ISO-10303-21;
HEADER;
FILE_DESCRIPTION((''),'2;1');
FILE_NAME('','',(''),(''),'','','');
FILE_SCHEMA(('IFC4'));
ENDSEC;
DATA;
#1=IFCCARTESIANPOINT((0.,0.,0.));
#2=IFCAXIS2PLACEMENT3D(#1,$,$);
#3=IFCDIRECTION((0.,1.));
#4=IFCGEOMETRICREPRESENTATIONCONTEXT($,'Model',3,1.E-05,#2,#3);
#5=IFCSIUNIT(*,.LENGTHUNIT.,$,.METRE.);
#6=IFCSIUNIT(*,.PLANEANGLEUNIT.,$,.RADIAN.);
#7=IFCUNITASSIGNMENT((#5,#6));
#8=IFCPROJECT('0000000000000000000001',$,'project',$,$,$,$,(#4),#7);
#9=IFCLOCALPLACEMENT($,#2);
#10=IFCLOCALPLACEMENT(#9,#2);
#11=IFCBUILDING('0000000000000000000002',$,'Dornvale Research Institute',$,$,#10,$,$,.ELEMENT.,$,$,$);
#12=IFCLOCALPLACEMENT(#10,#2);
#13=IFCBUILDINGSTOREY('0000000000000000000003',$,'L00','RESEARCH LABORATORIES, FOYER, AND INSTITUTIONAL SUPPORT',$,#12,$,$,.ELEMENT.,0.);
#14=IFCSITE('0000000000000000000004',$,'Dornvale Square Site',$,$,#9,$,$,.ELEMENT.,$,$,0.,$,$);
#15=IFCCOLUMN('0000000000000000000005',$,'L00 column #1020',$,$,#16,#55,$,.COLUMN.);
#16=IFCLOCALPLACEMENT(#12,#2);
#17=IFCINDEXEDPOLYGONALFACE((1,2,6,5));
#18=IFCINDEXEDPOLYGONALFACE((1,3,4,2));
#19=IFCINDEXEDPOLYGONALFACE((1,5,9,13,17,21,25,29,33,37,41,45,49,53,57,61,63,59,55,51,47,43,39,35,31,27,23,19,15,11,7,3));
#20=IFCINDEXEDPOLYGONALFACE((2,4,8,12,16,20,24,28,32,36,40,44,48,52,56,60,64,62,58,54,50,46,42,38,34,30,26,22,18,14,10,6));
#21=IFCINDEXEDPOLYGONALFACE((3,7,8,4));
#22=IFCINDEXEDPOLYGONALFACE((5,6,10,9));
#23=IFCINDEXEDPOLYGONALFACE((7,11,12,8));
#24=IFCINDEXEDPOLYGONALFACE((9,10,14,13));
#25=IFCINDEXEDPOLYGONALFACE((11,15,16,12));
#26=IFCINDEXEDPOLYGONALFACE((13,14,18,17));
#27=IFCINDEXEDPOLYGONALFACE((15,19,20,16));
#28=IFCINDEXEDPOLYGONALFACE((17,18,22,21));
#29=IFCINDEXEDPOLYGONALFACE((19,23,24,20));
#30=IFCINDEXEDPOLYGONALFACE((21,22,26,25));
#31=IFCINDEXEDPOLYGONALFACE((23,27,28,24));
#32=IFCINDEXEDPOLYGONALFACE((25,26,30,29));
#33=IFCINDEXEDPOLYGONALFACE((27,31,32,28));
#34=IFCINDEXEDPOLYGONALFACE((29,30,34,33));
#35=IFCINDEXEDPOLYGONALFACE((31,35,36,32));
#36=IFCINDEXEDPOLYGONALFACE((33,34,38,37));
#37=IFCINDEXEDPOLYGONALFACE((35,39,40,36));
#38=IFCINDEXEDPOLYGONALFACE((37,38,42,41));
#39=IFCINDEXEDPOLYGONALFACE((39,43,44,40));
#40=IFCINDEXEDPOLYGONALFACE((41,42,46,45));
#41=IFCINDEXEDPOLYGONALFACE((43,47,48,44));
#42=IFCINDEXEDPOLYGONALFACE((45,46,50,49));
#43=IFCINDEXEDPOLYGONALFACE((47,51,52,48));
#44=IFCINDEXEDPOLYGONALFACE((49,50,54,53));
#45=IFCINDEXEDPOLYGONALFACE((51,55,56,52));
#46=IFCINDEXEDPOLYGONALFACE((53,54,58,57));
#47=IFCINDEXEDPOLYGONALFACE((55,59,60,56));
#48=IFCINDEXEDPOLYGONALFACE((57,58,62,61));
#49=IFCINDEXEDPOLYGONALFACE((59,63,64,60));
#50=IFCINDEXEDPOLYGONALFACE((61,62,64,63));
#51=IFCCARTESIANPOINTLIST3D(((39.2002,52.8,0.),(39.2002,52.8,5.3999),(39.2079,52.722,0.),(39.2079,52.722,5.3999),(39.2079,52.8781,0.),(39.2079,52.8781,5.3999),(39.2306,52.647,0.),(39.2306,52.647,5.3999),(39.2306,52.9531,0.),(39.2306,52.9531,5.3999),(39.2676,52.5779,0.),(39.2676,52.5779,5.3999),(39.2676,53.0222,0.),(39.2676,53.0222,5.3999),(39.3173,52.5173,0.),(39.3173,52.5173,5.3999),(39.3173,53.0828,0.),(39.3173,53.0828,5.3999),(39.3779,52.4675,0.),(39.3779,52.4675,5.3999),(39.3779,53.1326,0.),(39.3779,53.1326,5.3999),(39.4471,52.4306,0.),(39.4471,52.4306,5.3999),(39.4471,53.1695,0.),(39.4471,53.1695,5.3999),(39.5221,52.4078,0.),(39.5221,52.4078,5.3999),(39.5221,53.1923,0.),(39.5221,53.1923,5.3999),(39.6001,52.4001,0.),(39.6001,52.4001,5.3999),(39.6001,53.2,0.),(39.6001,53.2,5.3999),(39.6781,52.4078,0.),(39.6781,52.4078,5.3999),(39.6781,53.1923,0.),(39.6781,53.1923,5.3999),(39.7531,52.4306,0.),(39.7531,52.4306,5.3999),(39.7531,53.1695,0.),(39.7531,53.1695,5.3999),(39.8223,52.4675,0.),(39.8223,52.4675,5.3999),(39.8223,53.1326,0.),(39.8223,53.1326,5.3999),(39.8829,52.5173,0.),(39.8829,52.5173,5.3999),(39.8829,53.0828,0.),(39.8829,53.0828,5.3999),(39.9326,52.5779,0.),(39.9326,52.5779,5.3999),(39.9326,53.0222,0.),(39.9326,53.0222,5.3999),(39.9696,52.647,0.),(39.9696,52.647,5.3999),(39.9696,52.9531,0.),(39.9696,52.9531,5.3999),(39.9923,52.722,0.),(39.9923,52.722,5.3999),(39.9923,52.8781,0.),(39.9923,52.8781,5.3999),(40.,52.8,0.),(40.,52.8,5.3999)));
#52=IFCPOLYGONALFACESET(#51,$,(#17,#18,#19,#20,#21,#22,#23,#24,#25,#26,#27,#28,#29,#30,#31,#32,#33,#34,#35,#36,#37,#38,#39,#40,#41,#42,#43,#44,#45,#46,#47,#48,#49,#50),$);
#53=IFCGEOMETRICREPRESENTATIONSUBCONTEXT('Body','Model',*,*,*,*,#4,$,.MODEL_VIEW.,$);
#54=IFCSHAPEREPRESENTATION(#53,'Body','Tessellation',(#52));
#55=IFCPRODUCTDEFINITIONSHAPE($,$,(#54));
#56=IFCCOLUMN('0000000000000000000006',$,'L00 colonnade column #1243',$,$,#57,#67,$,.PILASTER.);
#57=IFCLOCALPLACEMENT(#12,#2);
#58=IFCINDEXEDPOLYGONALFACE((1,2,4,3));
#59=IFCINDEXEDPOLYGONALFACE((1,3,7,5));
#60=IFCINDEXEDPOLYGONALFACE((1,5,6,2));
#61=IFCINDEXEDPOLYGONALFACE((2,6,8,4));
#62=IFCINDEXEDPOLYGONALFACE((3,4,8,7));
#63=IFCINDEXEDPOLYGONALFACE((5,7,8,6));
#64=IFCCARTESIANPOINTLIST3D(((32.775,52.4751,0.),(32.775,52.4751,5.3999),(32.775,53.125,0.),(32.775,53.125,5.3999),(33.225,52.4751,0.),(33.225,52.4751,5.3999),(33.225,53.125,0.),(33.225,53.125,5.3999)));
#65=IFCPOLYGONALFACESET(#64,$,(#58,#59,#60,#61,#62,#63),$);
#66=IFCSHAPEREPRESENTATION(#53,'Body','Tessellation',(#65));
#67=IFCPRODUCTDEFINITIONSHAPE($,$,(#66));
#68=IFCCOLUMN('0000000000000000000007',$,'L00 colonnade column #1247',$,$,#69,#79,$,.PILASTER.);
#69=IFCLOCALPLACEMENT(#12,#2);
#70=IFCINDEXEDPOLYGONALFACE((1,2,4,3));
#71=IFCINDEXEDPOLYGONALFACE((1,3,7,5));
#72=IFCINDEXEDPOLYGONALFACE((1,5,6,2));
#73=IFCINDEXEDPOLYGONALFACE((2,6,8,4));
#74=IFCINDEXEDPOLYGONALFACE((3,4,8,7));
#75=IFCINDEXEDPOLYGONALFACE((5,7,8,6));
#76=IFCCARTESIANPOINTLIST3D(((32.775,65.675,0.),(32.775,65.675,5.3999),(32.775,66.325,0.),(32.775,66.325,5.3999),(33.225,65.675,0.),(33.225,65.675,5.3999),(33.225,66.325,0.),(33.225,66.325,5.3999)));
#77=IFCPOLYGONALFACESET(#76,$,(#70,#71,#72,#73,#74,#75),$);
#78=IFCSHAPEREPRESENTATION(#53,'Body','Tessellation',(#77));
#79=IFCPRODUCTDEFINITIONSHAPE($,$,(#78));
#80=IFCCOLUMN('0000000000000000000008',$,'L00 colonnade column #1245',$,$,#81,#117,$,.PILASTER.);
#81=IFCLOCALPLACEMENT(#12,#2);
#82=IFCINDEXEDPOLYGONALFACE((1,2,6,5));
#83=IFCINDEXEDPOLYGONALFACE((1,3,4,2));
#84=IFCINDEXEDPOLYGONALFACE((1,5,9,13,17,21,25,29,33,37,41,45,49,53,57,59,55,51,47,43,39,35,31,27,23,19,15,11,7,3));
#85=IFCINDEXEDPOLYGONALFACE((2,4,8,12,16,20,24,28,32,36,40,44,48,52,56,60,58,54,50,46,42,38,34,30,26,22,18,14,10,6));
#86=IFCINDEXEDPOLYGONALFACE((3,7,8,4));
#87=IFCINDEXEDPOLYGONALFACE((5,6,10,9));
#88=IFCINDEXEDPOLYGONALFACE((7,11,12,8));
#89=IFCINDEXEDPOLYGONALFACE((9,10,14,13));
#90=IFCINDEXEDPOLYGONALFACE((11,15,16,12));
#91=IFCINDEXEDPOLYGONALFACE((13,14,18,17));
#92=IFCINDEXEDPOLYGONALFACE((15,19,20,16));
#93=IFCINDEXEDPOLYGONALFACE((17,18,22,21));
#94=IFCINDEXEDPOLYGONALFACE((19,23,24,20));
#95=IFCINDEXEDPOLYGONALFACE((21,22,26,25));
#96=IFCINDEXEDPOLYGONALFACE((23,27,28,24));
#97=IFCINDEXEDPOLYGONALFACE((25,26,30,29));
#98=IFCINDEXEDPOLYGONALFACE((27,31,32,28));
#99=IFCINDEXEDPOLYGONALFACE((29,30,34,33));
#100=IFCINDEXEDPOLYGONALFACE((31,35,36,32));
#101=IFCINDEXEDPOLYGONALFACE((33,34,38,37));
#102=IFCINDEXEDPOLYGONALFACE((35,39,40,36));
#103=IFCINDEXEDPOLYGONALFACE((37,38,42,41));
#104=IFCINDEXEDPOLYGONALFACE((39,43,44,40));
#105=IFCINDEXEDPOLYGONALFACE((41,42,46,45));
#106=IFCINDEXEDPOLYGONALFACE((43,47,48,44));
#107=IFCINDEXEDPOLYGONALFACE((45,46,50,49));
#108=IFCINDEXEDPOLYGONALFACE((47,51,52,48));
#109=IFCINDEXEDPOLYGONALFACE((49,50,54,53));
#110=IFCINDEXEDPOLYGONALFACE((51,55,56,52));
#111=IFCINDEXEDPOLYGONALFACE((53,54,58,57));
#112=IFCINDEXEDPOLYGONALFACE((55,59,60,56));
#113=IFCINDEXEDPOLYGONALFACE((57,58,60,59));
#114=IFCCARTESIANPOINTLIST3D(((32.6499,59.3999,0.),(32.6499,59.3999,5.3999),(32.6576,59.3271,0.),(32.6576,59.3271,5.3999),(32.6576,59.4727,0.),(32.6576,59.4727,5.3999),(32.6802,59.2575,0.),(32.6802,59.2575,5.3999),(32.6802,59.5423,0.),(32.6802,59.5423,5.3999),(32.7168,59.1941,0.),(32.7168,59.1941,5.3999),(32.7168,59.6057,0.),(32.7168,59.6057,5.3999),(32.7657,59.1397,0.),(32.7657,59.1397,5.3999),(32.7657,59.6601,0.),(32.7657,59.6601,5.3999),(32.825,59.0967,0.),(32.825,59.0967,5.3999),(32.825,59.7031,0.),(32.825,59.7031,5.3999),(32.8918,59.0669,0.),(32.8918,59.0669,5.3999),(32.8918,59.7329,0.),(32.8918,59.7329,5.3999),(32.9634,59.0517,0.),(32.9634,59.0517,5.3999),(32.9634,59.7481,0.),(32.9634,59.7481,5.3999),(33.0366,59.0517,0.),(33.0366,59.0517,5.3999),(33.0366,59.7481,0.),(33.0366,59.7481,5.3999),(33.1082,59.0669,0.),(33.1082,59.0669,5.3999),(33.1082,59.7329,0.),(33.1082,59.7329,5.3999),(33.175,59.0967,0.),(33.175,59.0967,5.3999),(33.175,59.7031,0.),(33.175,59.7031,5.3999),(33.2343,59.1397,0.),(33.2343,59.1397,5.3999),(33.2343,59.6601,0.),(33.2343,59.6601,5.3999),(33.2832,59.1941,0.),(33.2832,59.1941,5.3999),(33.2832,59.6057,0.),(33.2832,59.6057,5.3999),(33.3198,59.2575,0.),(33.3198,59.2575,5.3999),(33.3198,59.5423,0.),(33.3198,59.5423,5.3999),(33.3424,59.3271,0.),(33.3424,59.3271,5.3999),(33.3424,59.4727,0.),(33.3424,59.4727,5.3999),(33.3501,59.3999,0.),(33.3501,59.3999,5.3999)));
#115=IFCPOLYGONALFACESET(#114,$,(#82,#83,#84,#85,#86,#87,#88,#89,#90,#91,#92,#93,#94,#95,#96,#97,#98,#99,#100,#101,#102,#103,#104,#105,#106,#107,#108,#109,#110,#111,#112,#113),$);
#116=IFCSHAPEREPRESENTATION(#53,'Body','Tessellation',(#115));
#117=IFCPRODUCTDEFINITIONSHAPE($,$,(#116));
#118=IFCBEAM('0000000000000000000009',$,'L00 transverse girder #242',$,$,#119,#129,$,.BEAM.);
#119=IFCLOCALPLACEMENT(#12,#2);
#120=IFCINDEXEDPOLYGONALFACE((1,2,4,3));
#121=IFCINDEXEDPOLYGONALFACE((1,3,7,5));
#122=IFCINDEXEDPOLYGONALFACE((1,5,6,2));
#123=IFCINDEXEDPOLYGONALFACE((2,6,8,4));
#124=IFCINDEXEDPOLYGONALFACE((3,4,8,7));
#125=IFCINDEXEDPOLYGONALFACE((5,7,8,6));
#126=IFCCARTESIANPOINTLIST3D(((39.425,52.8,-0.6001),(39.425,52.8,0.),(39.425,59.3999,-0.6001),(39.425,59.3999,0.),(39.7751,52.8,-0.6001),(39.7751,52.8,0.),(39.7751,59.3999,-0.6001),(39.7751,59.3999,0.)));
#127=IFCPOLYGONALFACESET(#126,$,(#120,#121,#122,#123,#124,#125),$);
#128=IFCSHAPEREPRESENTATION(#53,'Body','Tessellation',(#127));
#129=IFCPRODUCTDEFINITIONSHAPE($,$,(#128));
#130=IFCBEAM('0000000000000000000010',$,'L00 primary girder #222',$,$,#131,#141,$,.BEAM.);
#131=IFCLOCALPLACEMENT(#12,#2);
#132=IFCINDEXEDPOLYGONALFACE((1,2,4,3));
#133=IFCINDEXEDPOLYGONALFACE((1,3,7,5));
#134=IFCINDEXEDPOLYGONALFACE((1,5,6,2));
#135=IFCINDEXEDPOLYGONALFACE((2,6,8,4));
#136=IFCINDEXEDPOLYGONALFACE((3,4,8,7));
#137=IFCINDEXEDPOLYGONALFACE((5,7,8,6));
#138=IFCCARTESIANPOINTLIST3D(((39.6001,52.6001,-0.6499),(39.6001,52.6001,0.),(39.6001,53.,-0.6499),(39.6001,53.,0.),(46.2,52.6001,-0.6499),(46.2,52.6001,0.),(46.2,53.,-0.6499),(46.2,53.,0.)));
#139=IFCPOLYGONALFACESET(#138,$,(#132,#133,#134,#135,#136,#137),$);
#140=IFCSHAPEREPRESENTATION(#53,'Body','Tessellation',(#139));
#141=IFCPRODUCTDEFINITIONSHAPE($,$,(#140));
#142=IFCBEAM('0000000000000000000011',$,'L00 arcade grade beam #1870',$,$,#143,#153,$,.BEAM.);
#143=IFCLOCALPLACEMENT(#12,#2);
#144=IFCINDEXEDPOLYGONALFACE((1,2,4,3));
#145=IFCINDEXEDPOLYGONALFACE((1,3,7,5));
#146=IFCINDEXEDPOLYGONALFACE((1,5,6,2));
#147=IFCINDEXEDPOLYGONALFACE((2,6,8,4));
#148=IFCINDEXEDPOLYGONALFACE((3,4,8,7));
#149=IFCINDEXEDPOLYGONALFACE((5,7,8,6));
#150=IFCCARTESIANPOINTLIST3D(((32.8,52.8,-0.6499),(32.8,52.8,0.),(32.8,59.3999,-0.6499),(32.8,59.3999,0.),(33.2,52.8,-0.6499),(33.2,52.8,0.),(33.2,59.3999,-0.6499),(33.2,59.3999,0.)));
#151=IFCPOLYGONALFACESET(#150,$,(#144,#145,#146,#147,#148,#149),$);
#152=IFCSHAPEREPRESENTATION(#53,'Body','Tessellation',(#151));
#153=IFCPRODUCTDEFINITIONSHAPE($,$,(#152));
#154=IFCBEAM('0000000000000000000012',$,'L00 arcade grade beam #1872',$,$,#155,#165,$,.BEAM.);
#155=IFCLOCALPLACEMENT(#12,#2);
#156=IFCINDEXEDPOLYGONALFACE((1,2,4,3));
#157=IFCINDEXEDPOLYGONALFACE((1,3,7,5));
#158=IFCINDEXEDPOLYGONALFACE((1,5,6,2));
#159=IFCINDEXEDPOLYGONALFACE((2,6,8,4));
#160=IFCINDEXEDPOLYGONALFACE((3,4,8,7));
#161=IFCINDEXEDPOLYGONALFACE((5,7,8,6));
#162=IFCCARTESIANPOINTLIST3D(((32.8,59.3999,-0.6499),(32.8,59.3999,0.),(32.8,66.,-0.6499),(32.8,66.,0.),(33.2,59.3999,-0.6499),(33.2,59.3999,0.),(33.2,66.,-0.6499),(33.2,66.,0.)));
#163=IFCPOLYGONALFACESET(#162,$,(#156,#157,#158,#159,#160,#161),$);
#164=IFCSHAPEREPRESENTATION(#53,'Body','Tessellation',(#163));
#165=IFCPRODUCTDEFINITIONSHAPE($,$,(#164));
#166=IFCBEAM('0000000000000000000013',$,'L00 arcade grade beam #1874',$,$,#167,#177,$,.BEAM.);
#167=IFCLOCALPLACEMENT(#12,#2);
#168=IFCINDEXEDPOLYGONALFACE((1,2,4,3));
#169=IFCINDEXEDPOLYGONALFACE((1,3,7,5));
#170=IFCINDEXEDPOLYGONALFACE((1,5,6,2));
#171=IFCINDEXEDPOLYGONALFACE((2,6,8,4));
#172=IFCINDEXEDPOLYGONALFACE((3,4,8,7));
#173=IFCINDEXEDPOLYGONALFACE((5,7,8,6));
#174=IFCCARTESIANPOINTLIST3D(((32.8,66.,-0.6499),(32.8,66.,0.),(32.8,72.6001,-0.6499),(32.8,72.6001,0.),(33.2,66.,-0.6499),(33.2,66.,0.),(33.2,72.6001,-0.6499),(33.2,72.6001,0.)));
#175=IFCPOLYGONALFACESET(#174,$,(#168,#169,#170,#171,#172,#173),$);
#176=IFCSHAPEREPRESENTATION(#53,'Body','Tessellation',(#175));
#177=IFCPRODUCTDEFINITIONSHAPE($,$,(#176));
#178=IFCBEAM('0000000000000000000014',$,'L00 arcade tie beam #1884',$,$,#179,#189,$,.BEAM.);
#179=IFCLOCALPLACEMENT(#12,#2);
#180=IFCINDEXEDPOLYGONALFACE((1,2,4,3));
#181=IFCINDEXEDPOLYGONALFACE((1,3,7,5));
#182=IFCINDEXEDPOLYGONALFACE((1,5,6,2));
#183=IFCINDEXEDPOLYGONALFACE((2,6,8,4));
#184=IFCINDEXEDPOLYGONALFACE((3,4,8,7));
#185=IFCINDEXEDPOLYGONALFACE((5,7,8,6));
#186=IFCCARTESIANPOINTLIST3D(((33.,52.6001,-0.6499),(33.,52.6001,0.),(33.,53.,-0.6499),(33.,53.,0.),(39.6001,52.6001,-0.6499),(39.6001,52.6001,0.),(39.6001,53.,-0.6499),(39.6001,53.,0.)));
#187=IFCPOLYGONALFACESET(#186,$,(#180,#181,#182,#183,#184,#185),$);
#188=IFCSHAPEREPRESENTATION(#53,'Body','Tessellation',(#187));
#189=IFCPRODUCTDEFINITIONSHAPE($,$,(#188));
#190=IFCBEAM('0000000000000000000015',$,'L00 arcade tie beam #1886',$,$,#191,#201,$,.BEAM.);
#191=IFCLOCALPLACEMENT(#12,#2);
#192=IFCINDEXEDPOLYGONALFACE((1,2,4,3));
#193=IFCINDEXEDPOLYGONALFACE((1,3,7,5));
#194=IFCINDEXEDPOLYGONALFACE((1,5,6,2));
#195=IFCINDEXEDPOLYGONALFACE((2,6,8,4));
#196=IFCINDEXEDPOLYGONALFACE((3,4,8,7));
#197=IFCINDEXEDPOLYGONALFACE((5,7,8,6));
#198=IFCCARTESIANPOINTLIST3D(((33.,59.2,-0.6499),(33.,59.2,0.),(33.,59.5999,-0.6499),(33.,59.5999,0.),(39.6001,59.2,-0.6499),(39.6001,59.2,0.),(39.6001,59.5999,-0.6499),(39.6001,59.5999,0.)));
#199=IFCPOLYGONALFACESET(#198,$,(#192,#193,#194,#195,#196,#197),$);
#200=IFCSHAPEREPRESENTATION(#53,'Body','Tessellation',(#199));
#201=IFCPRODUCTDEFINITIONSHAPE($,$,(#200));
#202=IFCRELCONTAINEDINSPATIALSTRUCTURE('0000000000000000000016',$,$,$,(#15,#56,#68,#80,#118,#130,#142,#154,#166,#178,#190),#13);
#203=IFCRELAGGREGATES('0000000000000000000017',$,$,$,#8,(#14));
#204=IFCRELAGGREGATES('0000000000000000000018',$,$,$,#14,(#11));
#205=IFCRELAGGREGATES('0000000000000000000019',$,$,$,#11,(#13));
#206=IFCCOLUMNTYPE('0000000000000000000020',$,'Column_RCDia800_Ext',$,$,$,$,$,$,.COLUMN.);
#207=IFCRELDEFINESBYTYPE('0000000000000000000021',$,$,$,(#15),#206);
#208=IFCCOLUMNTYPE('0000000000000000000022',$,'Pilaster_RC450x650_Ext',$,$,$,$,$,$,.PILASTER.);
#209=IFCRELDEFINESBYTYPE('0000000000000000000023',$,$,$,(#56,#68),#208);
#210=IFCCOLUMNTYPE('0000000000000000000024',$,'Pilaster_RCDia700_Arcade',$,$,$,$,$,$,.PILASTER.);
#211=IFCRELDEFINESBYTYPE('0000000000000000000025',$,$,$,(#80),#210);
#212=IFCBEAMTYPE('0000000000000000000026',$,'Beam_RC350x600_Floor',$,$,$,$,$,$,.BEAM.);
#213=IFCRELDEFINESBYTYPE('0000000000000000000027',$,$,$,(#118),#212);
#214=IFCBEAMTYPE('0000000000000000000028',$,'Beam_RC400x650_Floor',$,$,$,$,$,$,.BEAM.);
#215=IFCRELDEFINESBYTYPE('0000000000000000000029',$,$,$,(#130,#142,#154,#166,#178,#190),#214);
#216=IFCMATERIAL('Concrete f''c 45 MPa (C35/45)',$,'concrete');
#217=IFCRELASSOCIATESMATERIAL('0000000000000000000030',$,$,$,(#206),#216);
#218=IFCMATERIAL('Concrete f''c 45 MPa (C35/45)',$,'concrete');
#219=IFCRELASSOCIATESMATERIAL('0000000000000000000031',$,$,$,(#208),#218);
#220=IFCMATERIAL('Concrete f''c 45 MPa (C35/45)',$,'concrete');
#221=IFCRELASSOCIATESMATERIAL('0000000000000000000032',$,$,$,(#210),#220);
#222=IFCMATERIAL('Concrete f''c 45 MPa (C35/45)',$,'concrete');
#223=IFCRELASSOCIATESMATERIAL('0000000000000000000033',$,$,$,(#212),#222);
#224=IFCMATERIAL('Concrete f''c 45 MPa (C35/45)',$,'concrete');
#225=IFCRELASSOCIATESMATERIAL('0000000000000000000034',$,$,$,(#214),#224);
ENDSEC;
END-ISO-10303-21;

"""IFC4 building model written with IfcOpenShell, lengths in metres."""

from ifc_helpers import new_model, si_unit, direction, frame, origin, origin_2d, place, context, subcontext, project, spatial, rectangle, circle, extrude, material, material_profile, profile_set, type_object, element, save


model = new_model("IFC4")

# Units and contexts
model_context = context("Model", 3, precision=1e-05, world=origin(), true_north=direction((0.0, 1.0)))
body_context = subcontext(model_context, "Body", "Model", "MODEL_VIEW")
ifc_project = project(units=[si_unit("LENGTHUNIT", "METRE"), si_unit("PLANEANGLEUNIT", "RADIAN")], contexts=[model_context])

# Site, building, storey
site_placement = place(None, origin())
site = spatial("IfcSite", under=ifc_project, at=site_placement, Name="Dornvale Square Site", CompositionType="ELEMENT", RefElevation=0.0)
building_placement = place(site_placement, origin())
building = spatial("IfcBuilding", under=site, at=building_placement, Name="Dornvale Research Institute", CompositionType="ELEMENT")
storey_placement = place(building_placement, origin())
storey = spatial("IfcBuildingStorey", under=building, at=storey_placement, Name="L00", Description="RESEARCH LABORATORIES, FOYER, AND INSTITUTIONAL SUPPORT", CompositionType="ELEMENT", Elevation=0.0)

# Columns
ifc_material_1 = material(Name="Concrete f'c 45 MPa (C35/45)", Category="concrete")
ifc_material_profile_1 = material_profile(ifc_material_1, circle(Radius=0.3999, at=origin_2d()), Name="RC DIA 800")
ifc_profile_set_1 = profile_set([ifc_material_profile_1], Name="Concrete f'c 45 MPa (C35/45)")
column_type_1 = type_object("IfcColumnType", Name="Column_RCDia800_Ext", PredefinedType="COLUMN", material=ifc_profile_set_1)
column_1_placement = place(storey_placement, frame((39.6001, 52.8, 0.0), z_axis=(0.0, 0.0, 1.0), x_axis=(1.0, 0.0, 0.0)))
element("IfcColumn", 1, at=column_1_placement, inside=storey, type_object=column_type_1, Name="L00 column #1020", PredefinedType="COLUMN", context=body_context, shape_type="SweptSolid", body=[
    extrude(circle(Radius=0.3999, at=origin_2d()), origin(), (0.0, 0.0, 1.0), 5.3999),
])
ifc_material_2 = material(Name="Concrete f'c 45 MPa (C35/45)", Category="concrete")
ifc_material_profile_2 = material_profile(ifc_material_2, rectangle(XDim=0.45, YDim=0.6499, at=origin_2d()), Name="RC 450x650")
ifc_profile_set_2 = profile_set([ifc_material_profile_2], Name="Concrete f'c 45 MPa (C35/45)")
column_type_2 = type_object("IfcColumnType", Name="Pilaster_RC450x650_Ext", PredefinedType="PILASTER", material=ifc_profile_set_2)
for number, where, z_axis, x_axis, name in (
    (2, (33.0, 52.8, 0.0), (0.0, 0.0, 1.0), (1.0, 0.0, 0.0), "L00 colonnade column #1243"),
    (3, (33.0, 66.0, 0.0), (0.0, 0.0, 1.0), (1.0, 0.0, 0.0), "L00 colonnade column #1247"),
):
    element("IfcColumn", number, at=place(storey_placement, frame(where, z_axis=z_axis, x_axis=x_axis)), inside=storey, type_object=column_type_2, Name=name, PredefinedType="PILASTER", context=body_context, shape_type="SweptSolid", body=[
        extrude(rectangle(XDim=0.45, YDim=0.6499, at=origin_2d()), origin(), (0.0, 0.0, 1.0), 5.3999),
    ])
ifc_material_3 = material(Name="Concrete f'c 45 MPa (C35/45)", Category="concrete")
ifc_material_profile_3 = material_profile(ifc_material_3, circle(Radius=0.3501, at=origin_2d()), Name="RC DIA 700")
ifc_profile_set_3 = profile_set([ifc_material_profile_3], Name="Concrete f'c 45 MPa (C35/45)")
column_type_3 = type_object("IfcColumnType", Name="Pilaster_RCDia700_Arcade", PredefinedType="PILASTER", material=ifc_profile_set_3)
column_2_placement = place(storey_placement, frame((33.0, 59.3999, 0.0), z_axis=(0.0, 0.0, 1.0), x_axis=(1.0, 0.0, 0.0)))
element("IfcColumn", 4, at=column_2_placement, inside=storey, type_object=column_type_3, Name="L00 colonnade column #1245", PredefinedType="PILASTER", context=body_context, shape_type="SweptSolid", body=[
    extrude(circle(Radius=0.3501, at=origin_2d()), origin(), (0.0, 0.0, 1.0), 5.3999),
])

# Beams
ifc_material_4 = material(Name="Concrete f'c 45 MPa (C35/45)", Category="concrete")
ifc_material_profile_4 = material_profile(ifc_material_4, rectangle(XDim=0.3501, YDim=0.6001, at=origin_2d()), Name="RC 350x600")
ifc_profile_set_4 = profile_set([ifc_material_profile_4], Name="Concrete f'c 45 MPa (C35/45)")
beam_type_1 = type_object("IfcBeamType", Name="Beam_RC350x600_Floor", PredefinedType="BEAM", material=ifc_profile_set_4)
beam_placement = place(storey_placement, frame((39.6001, 52.8, -0.3), z_axis=(0.0, 1.0, 0.0), x_axis=(-1.0, 0.0, 0.0)))
element("IfcBeam", 5, at=beam_placement, inside=storey, type_object=beam_type_1, Name="L00 transverse girder #242", PredefinedType="BEAM", context=body_context, shape_type="SweptSolid", body=[
    extrude(rectangle(XDim=0.3501, YDim=0.6001, at=origin_2d()), origin(), (0.0, 0.0, 1.0), 6.5999),
])
ifc_material_5 = material(Name="Concrete f'c 45 MPa (C35/45)", Category="concrete")
ifc_material_profile_5 = material_profile(ifc_material_5, rectangle(XDim=0.3999, YDim=0.6499, at=origin_2d()), Name="RC 400x650")
ifc_profile_set_5 = profile_set([ifc_material_profile_5], Name="Concrete f'c 45 MPa (C35/45)")
beam_type_2 = type_object("IfcBeamType", Name="Beam_RC400x650_Floor", PredefinedType="BEAM", material=ifc_profile_set_5)
for number, where, z_axis, x_axis, name in (
    (6, (39.6001, 52.8, -0.325), (1.0, 0.0, 0.0), (0.0, 1.0, 0.0), "L00 primary girder #222"),
    (7, (33.0, 52.8, -0.325), (0.0, 1.0, 0.0), (-1.0, 0.0, 0.0), "L00 arcade grade beam #1870"),
):
    element("IfcBeam", number, at=place(storey_placement, frame(where, z_axis=z_axis, x_axis=x_axis)), inside=storey, type_object=beam_type_2, Name=name, PredefinedType="BEAM", context=body_context, shape_type="SweptSolid", body=[
        extrude(rectangle(XDim=0.3999, YDim=0.6499, at=origin_2d()), origin(), (0.0, 0.0, 1.0), 6.5999),
    ])
for number, where, z_axis, x_axis, name in (
    (8, (33.0, 59.3999, -0.325), (0.0, 1.0, 0.0), (-1.0, 0.0, 0.0), "L00 arcade grade beam #1872"),
    (9, (33.0, 66.0, -0.325), (0.0, 1.0, 0.0), (-1.0, 0.0, 0.0), "L00 arcade grade beam #1874"),
    (10, (33.0, 52.8, -0.325), (1.0, 0.0, 0.0), (0.0, 1.0, 0.0), "L00 arcade tie beam #1884"),
    (11, (33.0, 59.3999, -0.325), (1.0, 0.0, 0.0), (0.0, 1.0, 0.0), "L00 arcade tie beam #1886"),
):
    element("IfcBeam", number, at=place(storey_placement, frame(where, z_axis=z_axis, x_axis=x_axis)), inside=storey, type_object=beam_type_2, Name=name, PredefinedType="BEAM", context=body_context, shape_type="SweptSolid", body=[
        extrude(rectangle(XDim=0.3999, YDim=0.6499, at=origin_2d()), origin(), (0.0, 0.0, 1.0), 6.6001),
    ])

save(model, "model.ifc")
